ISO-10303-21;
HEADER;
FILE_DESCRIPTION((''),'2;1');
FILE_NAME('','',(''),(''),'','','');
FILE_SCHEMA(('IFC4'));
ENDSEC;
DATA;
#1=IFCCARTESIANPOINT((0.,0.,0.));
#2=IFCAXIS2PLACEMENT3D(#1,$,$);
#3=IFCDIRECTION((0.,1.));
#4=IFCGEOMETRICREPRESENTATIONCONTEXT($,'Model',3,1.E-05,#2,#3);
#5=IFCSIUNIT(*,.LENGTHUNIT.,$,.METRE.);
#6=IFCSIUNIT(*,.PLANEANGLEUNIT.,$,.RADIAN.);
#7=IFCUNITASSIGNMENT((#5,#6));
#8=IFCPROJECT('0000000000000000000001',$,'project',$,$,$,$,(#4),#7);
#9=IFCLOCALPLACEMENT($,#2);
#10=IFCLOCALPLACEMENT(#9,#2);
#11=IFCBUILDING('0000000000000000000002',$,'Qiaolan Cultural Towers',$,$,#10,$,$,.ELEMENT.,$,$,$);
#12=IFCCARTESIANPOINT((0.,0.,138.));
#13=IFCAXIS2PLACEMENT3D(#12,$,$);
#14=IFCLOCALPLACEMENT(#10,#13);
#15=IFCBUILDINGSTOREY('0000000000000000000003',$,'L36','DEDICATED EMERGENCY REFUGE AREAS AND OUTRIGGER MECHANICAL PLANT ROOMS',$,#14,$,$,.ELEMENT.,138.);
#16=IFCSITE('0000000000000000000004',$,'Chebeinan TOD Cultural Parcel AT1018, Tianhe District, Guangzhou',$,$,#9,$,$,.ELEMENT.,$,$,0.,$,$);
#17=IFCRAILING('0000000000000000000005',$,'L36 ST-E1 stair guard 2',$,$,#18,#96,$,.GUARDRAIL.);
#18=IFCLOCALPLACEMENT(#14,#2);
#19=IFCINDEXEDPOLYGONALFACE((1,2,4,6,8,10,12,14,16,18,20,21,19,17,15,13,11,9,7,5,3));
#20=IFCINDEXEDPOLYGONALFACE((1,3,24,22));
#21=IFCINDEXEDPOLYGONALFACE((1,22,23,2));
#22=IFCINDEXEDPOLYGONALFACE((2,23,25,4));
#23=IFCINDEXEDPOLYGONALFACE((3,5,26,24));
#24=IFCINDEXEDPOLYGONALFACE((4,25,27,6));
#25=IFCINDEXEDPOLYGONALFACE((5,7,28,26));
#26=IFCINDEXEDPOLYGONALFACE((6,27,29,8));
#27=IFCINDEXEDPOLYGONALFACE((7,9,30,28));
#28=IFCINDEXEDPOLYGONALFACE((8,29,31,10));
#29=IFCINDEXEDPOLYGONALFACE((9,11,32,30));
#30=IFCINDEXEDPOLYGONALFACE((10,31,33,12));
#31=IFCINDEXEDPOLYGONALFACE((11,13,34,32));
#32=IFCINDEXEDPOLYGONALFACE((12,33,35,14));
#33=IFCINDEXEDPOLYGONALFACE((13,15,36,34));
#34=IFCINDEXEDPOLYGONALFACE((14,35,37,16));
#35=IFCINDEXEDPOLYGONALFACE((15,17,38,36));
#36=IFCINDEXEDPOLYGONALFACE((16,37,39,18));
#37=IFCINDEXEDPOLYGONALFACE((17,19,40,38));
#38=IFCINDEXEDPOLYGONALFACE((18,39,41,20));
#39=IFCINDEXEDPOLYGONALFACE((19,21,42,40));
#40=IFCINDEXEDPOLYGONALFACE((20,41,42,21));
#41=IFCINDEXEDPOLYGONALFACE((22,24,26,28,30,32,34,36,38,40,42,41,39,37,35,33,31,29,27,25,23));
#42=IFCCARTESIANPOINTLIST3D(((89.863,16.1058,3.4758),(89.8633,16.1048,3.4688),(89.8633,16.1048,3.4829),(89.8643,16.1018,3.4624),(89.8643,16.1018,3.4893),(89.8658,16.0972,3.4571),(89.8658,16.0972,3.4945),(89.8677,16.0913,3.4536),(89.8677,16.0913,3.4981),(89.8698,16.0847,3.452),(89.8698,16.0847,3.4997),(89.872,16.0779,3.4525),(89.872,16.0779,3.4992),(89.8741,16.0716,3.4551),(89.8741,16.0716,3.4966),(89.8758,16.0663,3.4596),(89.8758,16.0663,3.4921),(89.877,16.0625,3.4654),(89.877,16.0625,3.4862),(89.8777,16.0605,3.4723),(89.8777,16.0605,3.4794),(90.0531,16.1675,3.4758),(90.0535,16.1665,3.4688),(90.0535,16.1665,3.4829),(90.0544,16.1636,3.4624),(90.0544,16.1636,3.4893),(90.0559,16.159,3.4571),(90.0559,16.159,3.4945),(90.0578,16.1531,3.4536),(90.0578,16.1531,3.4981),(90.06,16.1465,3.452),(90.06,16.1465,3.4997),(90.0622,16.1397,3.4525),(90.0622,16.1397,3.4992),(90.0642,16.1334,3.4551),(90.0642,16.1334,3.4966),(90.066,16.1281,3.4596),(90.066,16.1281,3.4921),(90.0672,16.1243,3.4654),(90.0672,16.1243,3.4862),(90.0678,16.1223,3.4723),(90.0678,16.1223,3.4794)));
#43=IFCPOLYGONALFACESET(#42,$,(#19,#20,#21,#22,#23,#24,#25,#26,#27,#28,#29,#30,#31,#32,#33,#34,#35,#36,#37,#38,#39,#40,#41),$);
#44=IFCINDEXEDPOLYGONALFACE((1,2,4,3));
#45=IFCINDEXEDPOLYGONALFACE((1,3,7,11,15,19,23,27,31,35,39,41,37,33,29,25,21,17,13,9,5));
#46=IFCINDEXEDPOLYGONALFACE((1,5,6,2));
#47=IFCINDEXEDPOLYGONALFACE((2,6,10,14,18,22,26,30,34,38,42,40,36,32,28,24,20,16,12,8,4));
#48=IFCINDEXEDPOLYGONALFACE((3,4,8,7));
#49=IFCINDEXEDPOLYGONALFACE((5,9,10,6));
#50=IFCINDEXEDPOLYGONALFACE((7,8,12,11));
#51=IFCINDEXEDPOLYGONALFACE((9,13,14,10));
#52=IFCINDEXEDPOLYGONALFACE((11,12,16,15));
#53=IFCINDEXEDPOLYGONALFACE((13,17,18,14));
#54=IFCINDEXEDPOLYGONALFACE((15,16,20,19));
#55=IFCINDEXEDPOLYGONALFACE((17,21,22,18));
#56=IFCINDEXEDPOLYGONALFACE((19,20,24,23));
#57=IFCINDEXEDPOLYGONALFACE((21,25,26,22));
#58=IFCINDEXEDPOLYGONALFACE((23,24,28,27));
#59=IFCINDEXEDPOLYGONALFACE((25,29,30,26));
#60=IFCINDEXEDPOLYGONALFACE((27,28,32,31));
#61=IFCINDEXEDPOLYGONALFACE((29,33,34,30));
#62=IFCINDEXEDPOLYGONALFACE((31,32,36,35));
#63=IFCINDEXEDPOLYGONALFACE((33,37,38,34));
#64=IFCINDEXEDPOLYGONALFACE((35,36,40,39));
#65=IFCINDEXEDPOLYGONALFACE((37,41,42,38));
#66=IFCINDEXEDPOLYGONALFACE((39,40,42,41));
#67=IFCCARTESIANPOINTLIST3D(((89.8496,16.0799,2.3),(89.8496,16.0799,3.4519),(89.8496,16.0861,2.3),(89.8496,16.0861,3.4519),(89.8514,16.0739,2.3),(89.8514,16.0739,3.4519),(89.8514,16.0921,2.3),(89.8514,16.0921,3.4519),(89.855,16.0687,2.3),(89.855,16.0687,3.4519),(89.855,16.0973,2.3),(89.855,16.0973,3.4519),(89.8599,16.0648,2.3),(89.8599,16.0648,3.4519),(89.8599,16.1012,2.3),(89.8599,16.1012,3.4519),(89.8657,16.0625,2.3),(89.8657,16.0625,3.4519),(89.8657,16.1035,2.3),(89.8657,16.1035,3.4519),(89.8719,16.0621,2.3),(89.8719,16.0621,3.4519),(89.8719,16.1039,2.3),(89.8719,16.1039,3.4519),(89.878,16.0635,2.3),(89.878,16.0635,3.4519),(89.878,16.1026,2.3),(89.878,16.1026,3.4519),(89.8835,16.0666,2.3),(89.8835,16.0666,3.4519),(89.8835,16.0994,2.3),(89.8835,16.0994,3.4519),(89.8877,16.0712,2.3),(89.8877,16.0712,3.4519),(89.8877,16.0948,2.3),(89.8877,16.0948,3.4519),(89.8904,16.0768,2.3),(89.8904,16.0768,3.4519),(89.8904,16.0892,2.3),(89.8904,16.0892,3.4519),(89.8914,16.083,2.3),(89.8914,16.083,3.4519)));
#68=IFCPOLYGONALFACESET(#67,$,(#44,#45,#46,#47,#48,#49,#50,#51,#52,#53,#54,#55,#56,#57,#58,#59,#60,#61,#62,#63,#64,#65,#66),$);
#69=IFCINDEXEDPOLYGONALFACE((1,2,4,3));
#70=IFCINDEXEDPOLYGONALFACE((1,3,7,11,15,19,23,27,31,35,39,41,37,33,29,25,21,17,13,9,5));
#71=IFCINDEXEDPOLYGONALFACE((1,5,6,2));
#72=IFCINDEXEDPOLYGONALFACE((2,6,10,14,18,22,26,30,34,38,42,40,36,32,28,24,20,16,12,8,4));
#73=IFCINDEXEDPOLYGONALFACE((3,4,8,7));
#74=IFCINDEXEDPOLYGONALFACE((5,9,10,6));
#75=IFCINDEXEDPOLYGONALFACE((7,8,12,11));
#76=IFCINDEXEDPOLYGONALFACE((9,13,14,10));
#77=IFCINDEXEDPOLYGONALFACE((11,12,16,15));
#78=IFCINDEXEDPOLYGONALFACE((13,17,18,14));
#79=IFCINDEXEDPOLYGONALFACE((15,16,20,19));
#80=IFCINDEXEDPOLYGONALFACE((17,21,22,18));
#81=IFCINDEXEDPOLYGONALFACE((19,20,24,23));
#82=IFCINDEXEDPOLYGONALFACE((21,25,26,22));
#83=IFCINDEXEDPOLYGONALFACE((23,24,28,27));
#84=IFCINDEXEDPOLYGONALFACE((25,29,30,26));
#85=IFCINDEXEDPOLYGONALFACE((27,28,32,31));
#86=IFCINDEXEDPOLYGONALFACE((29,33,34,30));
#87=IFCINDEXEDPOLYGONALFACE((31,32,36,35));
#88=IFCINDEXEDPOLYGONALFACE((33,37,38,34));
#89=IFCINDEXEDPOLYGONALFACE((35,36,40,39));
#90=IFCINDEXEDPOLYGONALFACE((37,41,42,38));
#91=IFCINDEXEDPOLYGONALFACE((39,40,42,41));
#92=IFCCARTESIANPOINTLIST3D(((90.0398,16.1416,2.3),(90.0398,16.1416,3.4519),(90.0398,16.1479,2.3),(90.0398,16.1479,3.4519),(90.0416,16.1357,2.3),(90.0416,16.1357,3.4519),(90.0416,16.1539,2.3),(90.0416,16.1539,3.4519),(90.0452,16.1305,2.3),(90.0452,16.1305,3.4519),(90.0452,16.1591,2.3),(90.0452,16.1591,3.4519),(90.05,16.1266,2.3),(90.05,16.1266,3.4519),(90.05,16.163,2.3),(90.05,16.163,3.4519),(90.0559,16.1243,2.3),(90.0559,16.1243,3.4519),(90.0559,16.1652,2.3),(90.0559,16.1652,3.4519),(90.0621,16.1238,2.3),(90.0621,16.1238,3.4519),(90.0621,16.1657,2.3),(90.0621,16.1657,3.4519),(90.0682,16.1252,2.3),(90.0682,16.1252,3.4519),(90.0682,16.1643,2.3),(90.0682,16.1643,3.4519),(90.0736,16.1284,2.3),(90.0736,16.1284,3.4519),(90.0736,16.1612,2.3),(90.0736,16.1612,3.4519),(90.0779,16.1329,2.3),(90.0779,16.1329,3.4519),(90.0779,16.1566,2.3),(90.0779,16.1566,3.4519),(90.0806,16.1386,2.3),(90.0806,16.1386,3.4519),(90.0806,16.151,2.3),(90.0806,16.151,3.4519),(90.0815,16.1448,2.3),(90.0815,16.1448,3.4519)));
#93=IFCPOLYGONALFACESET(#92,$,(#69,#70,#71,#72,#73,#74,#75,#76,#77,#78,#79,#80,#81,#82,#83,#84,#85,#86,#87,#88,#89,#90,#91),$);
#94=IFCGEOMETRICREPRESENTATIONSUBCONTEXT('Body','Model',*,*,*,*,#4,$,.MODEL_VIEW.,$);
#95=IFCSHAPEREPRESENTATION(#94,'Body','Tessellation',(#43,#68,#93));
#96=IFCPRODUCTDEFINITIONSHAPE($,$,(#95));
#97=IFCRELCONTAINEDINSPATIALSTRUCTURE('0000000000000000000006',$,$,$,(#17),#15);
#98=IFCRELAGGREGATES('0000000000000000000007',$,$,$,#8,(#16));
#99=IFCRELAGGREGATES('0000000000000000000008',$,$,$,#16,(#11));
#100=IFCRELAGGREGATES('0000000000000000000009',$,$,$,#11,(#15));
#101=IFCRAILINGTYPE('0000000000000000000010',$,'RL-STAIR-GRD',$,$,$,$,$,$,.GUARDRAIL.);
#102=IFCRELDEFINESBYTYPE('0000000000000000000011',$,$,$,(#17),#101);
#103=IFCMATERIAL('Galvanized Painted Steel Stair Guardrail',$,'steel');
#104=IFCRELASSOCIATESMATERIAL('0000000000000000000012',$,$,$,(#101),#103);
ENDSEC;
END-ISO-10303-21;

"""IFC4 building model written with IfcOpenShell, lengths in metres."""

from ifc_helpers import new_model, si_unit, direction, frame, origin, origin_2d, place, context, subcontext, project, spatial, circle, extrude, material, type_object, element, save


model = new_model("IFC4")

# Units and contexts
model_context = context("Model", 3, precision=1e-05, world=origin(), true_north=direction((0.0, 1.0)))
body_context = subcontext(model_context, "Body", "Model", "MODEL_VIEW")
ifc_project = project(units=[si_unit("LENGTHUNIT", "METRE"), si_unit("PLANEANGLEUNIT", "RADIAN")], contexts=[model_context])

# Site, building, storey
site_placement = place(None, origin())
site = spatial("IfcSite", under=ifc_project, at=site_placement, Name="Chebeinan TOD Cultural Parcel AT1018, Tianhe District, Guangzhou", CompositionType="ELEMENT", RefElevation=0.0)
building_placement = place(site_placement, origin())
building = spatial("IfcBuilding", under=site, at=building_placement, Name="Qiaolan Cultural Towers", CompositionType="ELEMENT")
storey_placement = place(building_placement, frame((0.0, 0.0, 138.0)))
storey = spatial("IfcBuildingStorey", under=building, at=storey_placement, Name="L36", Description="DEDICATED EMERGENCY REFUGE AREAS AND OUTRIGGER MECHANICAL PLANT ROOMS", CompositionType="ELEMENT", Elevation=138.0)

# Railing
ifc_material_1 = material(Name="Galvanized Painted Steel Stair Guardrail", Category="steel")
railing_type_1 = type_object("IfcRailingType", Name="RL-STAIR-GRD", PredefinedType="GUARDRAIL", material=ifc_material_1)
railing_1_placement = place(storey_placement, frame((89.8704, 16.083, 2.3)))
element("IfcRailing", 1, at=railing_1_placement, inside=storey, type_object=railing_type_1, Name="L36 ST-E1 stair guard 2", PredefinedType="GUARDRAIL", context=body_context, shape_type="SweptSolid", body=[
    extrude(circle(Radius=0.0239, at=origin_2d()), frame((0.0, 0.0, 1.1758), z_axis=(0.951097, 0.308893, 0.0), x_axis=(-0.308893, 0.951097, 0.0)), (0.0, 0.0, 1.0), 0.2),
    extrude(circle(Radius=0.021, at=origin_2d()), origin(), (0.0, 0.0, 1.0), 1.1519),
    extrude(circle(Radius=0.021, at=origin_2d()), frame((0.1902, 0.0618, 0.0)), (0.0, 0.0, 1.0), 1.1519),
])

save(model, "model.ifc")
